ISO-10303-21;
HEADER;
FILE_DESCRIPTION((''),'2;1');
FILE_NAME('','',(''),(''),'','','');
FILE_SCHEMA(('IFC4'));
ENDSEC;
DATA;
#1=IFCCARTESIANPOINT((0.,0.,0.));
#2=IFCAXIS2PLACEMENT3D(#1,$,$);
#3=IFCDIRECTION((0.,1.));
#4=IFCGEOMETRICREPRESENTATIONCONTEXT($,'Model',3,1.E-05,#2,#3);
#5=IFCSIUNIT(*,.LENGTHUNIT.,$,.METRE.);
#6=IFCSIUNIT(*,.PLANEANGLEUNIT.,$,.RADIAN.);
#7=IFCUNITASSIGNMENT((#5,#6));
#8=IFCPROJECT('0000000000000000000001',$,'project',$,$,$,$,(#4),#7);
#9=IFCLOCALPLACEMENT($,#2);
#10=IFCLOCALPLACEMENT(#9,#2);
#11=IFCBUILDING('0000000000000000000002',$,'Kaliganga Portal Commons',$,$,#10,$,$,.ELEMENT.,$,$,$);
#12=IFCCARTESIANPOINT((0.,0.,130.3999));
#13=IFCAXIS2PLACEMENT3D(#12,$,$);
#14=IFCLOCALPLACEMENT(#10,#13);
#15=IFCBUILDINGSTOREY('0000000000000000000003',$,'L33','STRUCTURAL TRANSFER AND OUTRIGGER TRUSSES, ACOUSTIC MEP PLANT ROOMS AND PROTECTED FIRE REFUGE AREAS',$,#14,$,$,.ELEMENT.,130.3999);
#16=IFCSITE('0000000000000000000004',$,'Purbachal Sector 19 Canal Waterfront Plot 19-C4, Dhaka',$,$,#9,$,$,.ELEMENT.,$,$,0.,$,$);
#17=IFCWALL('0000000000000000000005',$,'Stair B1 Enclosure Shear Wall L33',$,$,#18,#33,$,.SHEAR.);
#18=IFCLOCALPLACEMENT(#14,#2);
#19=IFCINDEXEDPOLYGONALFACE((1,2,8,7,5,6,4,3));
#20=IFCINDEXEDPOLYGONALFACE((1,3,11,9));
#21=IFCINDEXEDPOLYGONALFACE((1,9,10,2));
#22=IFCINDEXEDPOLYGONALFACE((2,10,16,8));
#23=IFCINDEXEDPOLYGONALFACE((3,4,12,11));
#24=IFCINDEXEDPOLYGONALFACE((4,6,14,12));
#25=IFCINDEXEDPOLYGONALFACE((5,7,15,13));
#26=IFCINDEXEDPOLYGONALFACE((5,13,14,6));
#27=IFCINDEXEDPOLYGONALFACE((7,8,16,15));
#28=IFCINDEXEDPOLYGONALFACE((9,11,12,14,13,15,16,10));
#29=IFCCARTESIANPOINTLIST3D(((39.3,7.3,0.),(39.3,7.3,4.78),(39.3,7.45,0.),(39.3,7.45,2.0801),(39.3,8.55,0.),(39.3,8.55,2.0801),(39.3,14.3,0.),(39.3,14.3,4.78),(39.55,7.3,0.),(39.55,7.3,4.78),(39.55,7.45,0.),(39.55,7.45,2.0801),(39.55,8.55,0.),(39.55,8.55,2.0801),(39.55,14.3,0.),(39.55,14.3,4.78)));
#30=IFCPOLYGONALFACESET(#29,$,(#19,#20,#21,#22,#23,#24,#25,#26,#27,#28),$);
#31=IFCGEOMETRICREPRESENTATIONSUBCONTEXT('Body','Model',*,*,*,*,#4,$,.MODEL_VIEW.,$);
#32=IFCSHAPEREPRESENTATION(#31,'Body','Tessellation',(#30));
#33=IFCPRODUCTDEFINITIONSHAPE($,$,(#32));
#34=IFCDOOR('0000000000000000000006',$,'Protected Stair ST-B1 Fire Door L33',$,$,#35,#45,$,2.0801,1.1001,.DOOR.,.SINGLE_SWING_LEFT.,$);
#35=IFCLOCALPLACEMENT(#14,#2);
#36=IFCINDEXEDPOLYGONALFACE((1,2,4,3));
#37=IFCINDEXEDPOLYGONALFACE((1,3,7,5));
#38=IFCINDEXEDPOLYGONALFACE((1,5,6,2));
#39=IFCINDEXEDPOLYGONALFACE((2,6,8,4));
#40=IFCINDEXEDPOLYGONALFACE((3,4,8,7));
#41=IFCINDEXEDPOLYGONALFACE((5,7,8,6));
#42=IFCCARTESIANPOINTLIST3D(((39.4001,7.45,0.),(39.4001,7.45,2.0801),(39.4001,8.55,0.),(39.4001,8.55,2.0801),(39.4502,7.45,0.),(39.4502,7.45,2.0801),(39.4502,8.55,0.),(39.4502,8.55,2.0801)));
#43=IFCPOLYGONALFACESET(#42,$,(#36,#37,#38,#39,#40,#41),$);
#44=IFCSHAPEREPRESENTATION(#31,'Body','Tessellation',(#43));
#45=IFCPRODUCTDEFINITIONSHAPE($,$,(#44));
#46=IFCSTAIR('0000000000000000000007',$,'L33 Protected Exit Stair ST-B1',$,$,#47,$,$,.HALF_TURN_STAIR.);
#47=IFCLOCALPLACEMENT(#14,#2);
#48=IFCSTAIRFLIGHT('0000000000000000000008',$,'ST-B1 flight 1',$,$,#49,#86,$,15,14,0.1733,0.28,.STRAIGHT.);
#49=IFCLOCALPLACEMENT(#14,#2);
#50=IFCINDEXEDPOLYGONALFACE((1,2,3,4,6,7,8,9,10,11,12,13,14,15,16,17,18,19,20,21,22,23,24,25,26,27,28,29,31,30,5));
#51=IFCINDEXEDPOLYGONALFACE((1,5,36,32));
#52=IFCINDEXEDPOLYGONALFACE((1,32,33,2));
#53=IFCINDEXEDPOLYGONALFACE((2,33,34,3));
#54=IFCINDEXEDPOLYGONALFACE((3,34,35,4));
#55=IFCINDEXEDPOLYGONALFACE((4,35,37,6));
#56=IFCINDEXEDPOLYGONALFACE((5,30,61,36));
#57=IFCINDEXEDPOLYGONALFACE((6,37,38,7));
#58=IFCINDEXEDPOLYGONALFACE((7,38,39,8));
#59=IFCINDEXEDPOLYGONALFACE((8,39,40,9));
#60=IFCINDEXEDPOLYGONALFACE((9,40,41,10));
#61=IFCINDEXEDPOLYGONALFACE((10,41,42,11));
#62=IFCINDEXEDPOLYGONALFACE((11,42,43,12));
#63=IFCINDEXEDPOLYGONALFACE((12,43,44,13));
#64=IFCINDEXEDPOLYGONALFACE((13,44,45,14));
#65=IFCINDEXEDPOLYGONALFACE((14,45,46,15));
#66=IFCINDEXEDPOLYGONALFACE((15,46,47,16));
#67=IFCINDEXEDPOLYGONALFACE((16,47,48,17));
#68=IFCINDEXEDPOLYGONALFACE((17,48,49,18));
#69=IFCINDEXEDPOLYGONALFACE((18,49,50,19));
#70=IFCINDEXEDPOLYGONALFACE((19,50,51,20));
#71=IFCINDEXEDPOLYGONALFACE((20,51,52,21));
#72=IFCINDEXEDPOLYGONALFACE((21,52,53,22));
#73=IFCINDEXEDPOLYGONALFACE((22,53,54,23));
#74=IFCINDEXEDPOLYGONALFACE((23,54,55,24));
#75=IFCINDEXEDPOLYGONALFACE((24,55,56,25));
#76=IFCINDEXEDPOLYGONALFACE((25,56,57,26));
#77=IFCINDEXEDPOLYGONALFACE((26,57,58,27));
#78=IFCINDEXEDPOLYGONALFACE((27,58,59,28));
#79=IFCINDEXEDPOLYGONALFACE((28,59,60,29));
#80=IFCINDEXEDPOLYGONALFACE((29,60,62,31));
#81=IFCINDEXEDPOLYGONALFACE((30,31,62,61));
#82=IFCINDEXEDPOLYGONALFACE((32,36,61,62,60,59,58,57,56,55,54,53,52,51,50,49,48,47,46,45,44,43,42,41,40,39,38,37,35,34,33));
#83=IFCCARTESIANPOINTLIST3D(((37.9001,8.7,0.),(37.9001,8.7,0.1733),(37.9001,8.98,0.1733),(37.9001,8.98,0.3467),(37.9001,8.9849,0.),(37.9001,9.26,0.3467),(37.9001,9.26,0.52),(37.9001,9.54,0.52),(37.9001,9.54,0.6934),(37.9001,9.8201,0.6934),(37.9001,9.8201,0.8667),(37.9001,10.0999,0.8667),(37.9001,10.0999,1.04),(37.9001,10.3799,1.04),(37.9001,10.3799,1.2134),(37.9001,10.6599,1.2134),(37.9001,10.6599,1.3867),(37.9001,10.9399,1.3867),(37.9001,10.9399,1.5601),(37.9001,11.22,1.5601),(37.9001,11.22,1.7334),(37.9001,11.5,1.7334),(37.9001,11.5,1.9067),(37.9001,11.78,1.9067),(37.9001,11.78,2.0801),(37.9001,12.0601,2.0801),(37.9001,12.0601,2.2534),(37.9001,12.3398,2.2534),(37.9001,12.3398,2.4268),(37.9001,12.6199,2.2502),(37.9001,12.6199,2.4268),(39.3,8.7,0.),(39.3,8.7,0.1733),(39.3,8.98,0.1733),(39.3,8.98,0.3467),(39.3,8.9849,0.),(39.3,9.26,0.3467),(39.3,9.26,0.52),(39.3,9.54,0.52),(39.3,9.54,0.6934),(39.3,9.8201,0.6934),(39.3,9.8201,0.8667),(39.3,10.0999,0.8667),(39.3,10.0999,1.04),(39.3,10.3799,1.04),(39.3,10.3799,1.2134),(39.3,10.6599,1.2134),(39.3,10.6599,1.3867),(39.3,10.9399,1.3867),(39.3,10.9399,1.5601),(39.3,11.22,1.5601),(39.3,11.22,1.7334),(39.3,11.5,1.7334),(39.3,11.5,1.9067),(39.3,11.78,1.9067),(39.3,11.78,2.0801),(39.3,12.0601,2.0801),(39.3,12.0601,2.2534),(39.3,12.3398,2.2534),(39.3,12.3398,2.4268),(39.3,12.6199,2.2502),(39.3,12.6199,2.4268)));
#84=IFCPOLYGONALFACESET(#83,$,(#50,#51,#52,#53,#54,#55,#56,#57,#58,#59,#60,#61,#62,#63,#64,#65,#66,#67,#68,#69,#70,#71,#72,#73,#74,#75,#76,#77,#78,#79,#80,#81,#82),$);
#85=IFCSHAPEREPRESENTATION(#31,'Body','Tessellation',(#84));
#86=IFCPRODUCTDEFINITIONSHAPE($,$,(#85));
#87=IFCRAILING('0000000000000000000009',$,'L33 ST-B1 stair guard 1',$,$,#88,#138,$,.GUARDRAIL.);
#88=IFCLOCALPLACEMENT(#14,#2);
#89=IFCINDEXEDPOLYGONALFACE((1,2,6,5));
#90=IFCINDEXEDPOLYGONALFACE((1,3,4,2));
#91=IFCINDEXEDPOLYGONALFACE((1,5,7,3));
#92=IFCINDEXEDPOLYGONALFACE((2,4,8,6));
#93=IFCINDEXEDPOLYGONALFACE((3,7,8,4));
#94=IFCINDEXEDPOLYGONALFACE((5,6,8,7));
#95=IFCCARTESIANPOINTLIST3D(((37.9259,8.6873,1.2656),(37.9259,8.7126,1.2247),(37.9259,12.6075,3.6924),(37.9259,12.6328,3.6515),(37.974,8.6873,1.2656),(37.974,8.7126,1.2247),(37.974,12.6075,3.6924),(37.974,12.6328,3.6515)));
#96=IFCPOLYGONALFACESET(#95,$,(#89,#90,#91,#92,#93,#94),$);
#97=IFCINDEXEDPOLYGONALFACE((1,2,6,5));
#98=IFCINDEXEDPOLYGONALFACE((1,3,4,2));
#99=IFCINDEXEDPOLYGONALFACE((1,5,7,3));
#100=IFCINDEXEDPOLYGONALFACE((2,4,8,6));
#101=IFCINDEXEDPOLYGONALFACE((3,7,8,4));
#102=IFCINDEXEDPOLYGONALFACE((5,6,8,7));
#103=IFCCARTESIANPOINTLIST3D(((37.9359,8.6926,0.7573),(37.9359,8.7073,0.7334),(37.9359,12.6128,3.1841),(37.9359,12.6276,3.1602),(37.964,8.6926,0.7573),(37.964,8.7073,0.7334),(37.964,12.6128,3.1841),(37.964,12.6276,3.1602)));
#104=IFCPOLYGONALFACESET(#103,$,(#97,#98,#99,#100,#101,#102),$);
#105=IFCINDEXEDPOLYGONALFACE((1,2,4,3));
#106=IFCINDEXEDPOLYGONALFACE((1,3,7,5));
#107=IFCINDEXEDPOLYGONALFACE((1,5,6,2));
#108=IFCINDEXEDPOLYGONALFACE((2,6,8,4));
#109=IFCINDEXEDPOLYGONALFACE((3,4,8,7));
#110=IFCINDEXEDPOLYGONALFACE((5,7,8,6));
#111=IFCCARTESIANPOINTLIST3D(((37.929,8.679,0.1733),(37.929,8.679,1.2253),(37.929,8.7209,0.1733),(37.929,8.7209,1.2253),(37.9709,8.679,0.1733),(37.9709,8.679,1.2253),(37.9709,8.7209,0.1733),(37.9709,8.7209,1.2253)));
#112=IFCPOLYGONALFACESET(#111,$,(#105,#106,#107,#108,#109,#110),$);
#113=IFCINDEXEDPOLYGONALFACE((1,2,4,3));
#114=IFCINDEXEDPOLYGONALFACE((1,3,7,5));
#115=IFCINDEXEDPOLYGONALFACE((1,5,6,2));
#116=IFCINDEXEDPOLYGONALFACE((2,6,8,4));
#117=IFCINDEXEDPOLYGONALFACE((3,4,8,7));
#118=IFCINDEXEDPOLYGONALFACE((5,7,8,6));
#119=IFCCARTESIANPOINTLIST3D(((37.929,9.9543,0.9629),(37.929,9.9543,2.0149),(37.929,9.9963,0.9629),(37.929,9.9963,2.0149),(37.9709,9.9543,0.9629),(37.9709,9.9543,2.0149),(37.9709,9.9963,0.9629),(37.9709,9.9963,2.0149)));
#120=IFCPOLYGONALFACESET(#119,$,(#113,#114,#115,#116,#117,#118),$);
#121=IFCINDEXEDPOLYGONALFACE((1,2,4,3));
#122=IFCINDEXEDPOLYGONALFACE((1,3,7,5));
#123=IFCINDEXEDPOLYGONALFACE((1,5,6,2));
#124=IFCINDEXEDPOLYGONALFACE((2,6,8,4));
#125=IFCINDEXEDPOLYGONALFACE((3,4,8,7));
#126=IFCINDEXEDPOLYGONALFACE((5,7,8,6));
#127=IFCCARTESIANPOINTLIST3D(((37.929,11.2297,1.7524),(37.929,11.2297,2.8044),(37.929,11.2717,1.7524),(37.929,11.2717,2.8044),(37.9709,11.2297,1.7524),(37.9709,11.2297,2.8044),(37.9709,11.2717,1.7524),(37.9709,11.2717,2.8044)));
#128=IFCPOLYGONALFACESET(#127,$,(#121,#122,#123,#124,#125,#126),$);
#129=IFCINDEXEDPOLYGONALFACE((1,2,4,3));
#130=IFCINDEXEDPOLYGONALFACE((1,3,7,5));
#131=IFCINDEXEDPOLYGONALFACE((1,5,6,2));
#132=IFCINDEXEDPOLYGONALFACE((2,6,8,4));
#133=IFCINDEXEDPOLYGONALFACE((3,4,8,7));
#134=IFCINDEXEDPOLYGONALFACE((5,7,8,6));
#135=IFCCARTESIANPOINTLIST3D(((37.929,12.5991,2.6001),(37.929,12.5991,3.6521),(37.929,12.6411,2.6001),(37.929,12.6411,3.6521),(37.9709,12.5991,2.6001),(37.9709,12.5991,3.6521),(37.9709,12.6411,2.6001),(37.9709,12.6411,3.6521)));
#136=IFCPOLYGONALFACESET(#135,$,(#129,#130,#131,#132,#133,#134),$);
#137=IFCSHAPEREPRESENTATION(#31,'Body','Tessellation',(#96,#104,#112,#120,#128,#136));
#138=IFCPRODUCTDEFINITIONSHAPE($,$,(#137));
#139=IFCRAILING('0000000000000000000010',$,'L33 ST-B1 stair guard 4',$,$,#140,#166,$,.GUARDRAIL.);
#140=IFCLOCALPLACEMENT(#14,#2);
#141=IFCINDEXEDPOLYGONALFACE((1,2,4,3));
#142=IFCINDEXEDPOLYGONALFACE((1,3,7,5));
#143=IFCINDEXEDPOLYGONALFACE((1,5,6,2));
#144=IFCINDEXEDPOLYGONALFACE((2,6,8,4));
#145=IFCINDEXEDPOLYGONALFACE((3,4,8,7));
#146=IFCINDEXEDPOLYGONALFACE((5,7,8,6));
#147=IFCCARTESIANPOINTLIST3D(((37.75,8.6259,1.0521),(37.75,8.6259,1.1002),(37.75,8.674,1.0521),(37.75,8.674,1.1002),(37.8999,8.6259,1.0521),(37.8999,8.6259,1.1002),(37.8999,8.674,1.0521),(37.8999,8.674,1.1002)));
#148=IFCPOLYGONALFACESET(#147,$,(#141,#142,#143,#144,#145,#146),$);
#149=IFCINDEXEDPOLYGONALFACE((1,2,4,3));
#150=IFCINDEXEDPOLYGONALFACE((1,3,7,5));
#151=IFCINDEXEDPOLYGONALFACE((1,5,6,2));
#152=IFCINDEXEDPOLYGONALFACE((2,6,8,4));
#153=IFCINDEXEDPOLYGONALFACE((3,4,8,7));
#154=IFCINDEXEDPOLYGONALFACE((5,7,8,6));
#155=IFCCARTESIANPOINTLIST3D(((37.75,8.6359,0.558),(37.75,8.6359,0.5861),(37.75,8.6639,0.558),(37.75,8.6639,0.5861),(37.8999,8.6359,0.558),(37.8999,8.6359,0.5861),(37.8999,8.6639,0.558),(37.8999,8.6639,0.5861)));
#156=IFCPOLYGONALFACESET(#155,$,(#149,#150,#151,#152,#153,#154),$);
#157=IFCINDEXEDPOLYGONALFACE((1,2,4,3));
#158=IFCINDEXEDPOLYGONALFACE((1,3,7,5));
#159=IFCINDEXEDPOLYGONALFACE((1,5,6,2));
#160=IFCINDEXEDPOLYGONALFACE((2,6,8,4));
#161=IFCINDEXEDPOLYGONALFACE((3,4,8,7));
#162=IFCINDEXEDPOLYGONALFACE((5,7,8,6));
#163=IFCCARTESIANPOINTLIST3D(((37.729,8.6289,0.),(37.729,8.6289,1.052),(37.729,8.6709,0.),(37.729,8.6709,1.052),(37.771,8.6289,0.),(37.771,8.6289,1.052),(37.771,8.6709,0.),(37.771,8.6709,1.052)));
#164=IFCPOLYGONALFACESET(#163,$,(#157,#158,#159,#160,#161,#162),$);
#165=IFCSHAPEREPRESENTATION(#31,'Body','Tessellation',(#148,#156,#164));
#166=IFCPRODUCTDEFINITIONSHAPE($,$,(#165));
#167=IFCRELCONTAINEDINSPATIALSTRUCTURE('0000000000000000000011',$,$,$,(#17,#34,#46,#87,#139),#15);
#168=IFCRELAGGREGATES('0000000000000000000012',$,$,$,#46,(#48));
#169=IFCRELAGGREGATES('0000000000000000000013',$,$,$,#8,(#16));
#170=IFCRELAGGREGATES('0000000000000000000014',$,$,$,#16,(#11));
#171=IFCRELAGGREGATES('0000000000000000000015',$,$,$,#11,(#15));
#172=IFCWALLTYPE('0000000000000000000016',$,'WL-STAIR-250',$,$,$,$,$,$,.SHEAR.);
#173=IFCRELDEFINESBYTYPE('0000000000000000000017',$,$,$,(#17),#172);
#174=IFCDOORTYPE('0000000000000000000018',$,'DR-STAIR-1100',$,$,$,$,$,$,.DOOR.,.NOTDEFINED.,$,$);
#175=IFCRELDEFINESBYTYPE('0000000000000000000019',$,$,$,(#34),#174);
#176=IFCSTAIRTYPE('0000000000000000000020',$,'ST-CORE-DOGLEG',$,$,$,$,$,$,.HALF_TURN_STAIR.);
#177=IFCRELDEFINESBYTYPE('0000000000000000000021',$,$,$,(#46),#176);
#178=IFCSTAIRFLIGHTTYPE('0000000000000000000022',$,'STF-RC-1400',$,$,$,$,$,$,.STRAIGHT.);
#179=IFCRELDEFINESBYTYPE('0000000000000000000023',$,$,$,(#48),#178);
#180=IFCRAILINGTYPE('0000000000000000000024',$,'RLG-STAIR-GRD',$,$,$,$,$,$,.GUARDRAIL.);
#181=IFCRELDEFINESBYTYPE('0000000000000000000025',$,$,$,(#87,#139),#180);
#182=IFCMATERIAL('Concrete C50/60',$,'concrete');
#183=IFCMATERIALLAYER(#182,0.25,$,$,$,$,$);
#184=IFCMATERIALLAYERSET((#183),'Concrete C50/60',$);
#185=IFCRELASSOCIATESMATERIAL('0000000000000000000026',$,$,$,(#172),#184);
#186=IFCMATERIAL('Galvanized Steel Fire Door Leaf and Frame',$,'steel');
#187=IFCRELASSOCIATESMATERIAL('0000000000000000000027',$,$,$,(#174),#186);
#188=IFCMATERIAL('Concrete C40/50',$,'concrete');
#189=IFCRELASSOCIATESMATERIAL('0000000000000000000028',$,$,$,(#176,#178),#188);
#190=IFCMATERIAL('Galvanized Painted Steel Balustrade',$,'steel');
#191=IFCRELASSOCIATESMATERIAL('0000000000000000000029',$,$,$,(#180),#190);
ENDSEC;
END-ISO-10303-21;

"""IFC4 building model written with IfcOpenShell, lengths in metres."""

from ifc_helpers import new_model, si_unit, direction, frame, frame_2d, origin, origin_2d, place, context, subcontext, project, spatial, polyline, rectangle, outline, extrude, material, layer, layer_set, type_object, element, fill, aggregate, save


model = new_model("IFC4")

# Units and contexts
model_context = context("Model", 3, precision=1e-05, world=origin(), true_north=direction((0.0, 1.0)))
body_context = subcontext(model_context, "Body", "Model", "MODEL_VIEW")
ifc_project = project(units=[si_unit("LENGTHUNIT", "METRE"), si_unit("PLANEANGLEUNIT", "RADIAN")], contexts=[model_context])

# Site, building, storey
site_placement = place(None, origin())
site = spatial("IfcSite", under=ifc_project, at=site_placement, Name="Purbachal Sector 19 Canal Waterfront Plot 19-C4, Dhaka", CompositionType="ELEMENT", RefElevation=0.0)
building_placement = place(site_placement, origin())
building = spatial("IfcBuilding", under=site, at=building_placement, Name="Kaliganga Portal Commons", CompositionType="ELEMENT")
storey_placement = place(building_placement, frame((0.0, 0.0, 130.3999)))
storey = spatial("IfcBuildingStorey", under=building, at=storey_placement, Name="L33", Description="STRUCTURAL TRANSFER AND OUTRIGGER TRUSSES, ACOUSTIC MEP PLANT ROOMS AND PROTECTED FIRE REFUGE AREAS", CompositionType="ELEMENT", Elevation=130.3999)

# Shared definitions
ifc_material_1 = material(Name="Concrete C50/60", Category="concrete")

# Wall, opening, door
ifc_layer_1 = layer(ifc_material_1, 0.25)
ifc_layer_set_1 = layer_set([ifc_layer_1], Name="Concrete C50/60")
wall_type_1 = type_object("IfcWallType", Name="WL-STAIR-250", PredefinedType="SHEAR", material=ifc_layer_set_1)
wall_1_placement = place(storey_placement, frame((39.425, 7.3, 0.0), z_axis=(0.0, 0.0, 1.0), x_axis=(0.0, 1.0, 0.0)))
wall_1 = element("IfcWall", 1, at=wall_1_placement, inside=storey, type_object=wall_type_1, Name="Stair B1 Enclosure Shear Wall L33", PredefinedType="SHEAR", context=body_context, shape_type="SweptSolid", body=[
    extrude(rectangle(XDim=7.0, YDim=0.25, at=frame_2d((3.5, 0.0))), origin(), (0.0, 0.0, 1.0), 4.78),
])
opening_1_placement = place(wall_1_placement, frame((0.1499, 0.0, 0.0)))
opening_1 = element("IfcOpeningElement", 2, at=opening_1_placement, cuts=wall_1, PredefinedType="OPENING", context=body_context, shape_type="SweptSolid", body=[
    extrude(rectangle(XDim=1.1001, YDim=2.0801, at=frame_2d((0.55, 1.04))), frame((0.0, 0.135, 0.0), z_axis=(0.0, -1.0, 0.0), x_axis=(1.0, 0.0, 0.0)), (0.0, 0.0, 1.0), 0.27),
])
ifc_material_2 = material(Name="Galvanized Steel Fire Door Leaf and Frame", Category="steel")
door_type_1 = type_object("IfcDoorType", Name="DR-STAIR-1100", OperationType="NOTDEFINED", PredefinedType="DOOR", material=ifc_material_2)
door_1_placement = place(opening_1_placement, origin())
door_1 = element("IfcDoor", 3, at=door_1_placement, inside=storey, type_object=door_type_1, Name="Protected Stair ST-B1 Fire Door L33", OperationType="SINGLE_SWING_LEFT", OverallHeight=2.0801, OverallWidth=1.1001, PredefinedType="DOOR", context=body_context, shape_type="SweptSolid", body=[
    extrude(rectangle(XDim=1.1001, YDim=2.0801, at=frame_2d((0.55, 1.04))), frame((0.0, 0.0249, 0.0), z_axis=(0.0, -1.0, 0.0), x_axis=(1.0, 0.0, 0.0)), (0.0, 0.0, 1.0), 0.05),
])
fill(opening_1, door_1)

# Stair, stair flight
ifc_material_3 = material(Name="Concrete C40/50", Category="concrete")
stair_type = type_object("IfcStairType", Name="ST-CORE-DOGLEG", PredefinedType="HALF_TURN_STAIR", material=ifc_material_3)
stair_placement = place(storey_placement, origin())
stair = element("IfcStair", 4, at=stair_placement, inside=storey, type_object=stair_type, Name="L33 Protected Exit Stair ST-B1", PredefinedType="HALF_TURN_STAIR")
stair_flight_type = type_object("IfcStairFlightType", Name="STF-RC-1400", PredefinedType="STRAIGHT", material=ifc_material_3)
stair_flight_placement = place(storey_placement, frame((38.6001, 8.7, 0.0), z_axis=(0.0, 0.0, 1.0), x_axis=(0.0, 1.0, 0.0)))
stair_flight = element("IfcStairFlight", 5, at=stair_flight_placement, type_object=stair_flight_type, Name="ST-B1 flight 1", NumberOfRisers=15, NumberOfTreads=14, PredefinedType="STRAIGHT", RiserHeight=0.1733, TreadLength=0.28, context=body_context, shape_type="SweptSolid", body=[
    extrude(outline(polyline([(0.0, 0.0), (0.0, 0.1733), (0.28, 0.1733), (0.28, 0.3467), (0.5601, 0.3467), (0.5601, 0.52), (0.8401, 0.52), (0.8401, 0.6934), (1.1201, 0.6934), (1.1201, 0.8667), (1.3999, 0.8667), (1.3999, 1.04), (1.6799, 1.04), (1.6799, 1.2134), (1.96, 1.2134), (1.96, 1.3867), (2.24, 1.3867), (2.24, 1.5601), (2.52, 1.5601), (2.52, 1.7334), (2.8, 1.7334), (2.8, 1.9067), (3.0801, 1.9067), (3.0801, 2.0801), (3.3601, 2.0801), (3.3601, 2.2534), (3.6399, 2.2534), (3.6399, 2.4268), (3.9199, 2.4268), (3.9199, 2.6001), (3.9199, 2.2502), (0.2849, 0.0), (0.0, 0.0)])), frame((0.0, 0.7, 0.0), z_axis=(0.0, -1.0, 0.0), x_axis=(1.0, 0.0, 0.0)), (0.0, 0.0, 1.0), 1.3999),
])
aggregate(stair, [stair_flight])

# Railings
ifc_material_4 = material(Name="Galvanized Painted Steel Balustrade", Category="steel")
railing_type_1 = type_object("IfcRailingType", Name="RLG-STAIR-GRD", PredefinedType="GUARDRAIL", material=ifc_material_4)
railing_1_placement = place(storey_placement, frame((37.95, 8.7, 0.1733)))
element("IfcRailing", 6, at=railing_1_placement, inside=storey, type_object=railing_type_1, Name="L33 ST-B1 stair guard 1", PredefinedType="GUARDRAIL", context=body_context, shape_type="SweptSolid", body=[
    extrude(rectangle(XDim=0.0481, YDim=0.0481, at=origin_2d()), frame((0.0, 0.0, 1.0718), z_axis=(0.0, 0.850266, 0.526353), x_axis=(-1.0, 0.0, 0.0)), (0.0, 0.0, 1.0), 4.6106),
    extrude(rectangle(XDim=0.0281, YDim=0.0281, at=origin_2d()), frame((0.0, 0.0, 0.572), z_axis=(0.0, 0.850266, 0.526353), x_axis=(-1.0, 0.0, 0.0)), (0.0, 0.0, 1.0), 4.6106),
    extrude(rectangle(XDim=0.042, YDim=0.042, at=origin_2d()), origin(), (0.0, 0.0, 1.0), 1.052),
    extrude(rectangle(XDim=0.042, YDim=0.042, at=origin_2d()), frame((0.0, 1.2754, 0.7896)), (0.0, 0.0, 1.0), 1.052),
    extrude(rectangle(XDim=0.042, YDim=0.042, at=origin_2d()), frame((0.0, 2.5508, 1.5791)), (0.0, 0.0, 1.0), 1.052),
    extrude(rectangle(XDim=0.042, YDim=0.042, at=origin_2d()), frame((0.0, 3.9202, 2.4268)), (0.0, 0.0, 1.0), 1.052),
])
railing_2_placement = place(storey_placement, frame((37.8999, 8.6499, 0.0)))
element("IfcRailing", 7, at=railing_2_placement, inside=storey, type_object=railing_type_1, Name="L33 ST-B1 stair guard 4", PredefinedType="GUARDRAIL", context=body_context, shape_type="SweptSolid", body=[
    extrude(rectangle(XDim=0.0481, YDim=0.0481, at=origin_2d()), frame((0.0, 0.0, 1.0762), z_axis=(-1.0, 0.0, 0.0), x_axis=(0.0, -1.0, 0.0)), (0.0, 0.0, 1.0), 0.1499),
    extrude(rectangle(XDim=0.0281, YDim=0.0281, at=origin_2d()), frame((0.0, 0.0, 0.572), z_axis=(-1.0, 0.0, 0.0), x_axis=(0.0, -1.0, 0.0)), (0.0, 0.0, 1.0), 0.1499),
    extrude(rectangle(XDim=0.042, YDim=0.042, at=origin_2d()), frame((-0.1499, 0.0, 0.0)), (0.0, 0.0, 1.0), 1.052),
])

save(model, "model.ifc")
